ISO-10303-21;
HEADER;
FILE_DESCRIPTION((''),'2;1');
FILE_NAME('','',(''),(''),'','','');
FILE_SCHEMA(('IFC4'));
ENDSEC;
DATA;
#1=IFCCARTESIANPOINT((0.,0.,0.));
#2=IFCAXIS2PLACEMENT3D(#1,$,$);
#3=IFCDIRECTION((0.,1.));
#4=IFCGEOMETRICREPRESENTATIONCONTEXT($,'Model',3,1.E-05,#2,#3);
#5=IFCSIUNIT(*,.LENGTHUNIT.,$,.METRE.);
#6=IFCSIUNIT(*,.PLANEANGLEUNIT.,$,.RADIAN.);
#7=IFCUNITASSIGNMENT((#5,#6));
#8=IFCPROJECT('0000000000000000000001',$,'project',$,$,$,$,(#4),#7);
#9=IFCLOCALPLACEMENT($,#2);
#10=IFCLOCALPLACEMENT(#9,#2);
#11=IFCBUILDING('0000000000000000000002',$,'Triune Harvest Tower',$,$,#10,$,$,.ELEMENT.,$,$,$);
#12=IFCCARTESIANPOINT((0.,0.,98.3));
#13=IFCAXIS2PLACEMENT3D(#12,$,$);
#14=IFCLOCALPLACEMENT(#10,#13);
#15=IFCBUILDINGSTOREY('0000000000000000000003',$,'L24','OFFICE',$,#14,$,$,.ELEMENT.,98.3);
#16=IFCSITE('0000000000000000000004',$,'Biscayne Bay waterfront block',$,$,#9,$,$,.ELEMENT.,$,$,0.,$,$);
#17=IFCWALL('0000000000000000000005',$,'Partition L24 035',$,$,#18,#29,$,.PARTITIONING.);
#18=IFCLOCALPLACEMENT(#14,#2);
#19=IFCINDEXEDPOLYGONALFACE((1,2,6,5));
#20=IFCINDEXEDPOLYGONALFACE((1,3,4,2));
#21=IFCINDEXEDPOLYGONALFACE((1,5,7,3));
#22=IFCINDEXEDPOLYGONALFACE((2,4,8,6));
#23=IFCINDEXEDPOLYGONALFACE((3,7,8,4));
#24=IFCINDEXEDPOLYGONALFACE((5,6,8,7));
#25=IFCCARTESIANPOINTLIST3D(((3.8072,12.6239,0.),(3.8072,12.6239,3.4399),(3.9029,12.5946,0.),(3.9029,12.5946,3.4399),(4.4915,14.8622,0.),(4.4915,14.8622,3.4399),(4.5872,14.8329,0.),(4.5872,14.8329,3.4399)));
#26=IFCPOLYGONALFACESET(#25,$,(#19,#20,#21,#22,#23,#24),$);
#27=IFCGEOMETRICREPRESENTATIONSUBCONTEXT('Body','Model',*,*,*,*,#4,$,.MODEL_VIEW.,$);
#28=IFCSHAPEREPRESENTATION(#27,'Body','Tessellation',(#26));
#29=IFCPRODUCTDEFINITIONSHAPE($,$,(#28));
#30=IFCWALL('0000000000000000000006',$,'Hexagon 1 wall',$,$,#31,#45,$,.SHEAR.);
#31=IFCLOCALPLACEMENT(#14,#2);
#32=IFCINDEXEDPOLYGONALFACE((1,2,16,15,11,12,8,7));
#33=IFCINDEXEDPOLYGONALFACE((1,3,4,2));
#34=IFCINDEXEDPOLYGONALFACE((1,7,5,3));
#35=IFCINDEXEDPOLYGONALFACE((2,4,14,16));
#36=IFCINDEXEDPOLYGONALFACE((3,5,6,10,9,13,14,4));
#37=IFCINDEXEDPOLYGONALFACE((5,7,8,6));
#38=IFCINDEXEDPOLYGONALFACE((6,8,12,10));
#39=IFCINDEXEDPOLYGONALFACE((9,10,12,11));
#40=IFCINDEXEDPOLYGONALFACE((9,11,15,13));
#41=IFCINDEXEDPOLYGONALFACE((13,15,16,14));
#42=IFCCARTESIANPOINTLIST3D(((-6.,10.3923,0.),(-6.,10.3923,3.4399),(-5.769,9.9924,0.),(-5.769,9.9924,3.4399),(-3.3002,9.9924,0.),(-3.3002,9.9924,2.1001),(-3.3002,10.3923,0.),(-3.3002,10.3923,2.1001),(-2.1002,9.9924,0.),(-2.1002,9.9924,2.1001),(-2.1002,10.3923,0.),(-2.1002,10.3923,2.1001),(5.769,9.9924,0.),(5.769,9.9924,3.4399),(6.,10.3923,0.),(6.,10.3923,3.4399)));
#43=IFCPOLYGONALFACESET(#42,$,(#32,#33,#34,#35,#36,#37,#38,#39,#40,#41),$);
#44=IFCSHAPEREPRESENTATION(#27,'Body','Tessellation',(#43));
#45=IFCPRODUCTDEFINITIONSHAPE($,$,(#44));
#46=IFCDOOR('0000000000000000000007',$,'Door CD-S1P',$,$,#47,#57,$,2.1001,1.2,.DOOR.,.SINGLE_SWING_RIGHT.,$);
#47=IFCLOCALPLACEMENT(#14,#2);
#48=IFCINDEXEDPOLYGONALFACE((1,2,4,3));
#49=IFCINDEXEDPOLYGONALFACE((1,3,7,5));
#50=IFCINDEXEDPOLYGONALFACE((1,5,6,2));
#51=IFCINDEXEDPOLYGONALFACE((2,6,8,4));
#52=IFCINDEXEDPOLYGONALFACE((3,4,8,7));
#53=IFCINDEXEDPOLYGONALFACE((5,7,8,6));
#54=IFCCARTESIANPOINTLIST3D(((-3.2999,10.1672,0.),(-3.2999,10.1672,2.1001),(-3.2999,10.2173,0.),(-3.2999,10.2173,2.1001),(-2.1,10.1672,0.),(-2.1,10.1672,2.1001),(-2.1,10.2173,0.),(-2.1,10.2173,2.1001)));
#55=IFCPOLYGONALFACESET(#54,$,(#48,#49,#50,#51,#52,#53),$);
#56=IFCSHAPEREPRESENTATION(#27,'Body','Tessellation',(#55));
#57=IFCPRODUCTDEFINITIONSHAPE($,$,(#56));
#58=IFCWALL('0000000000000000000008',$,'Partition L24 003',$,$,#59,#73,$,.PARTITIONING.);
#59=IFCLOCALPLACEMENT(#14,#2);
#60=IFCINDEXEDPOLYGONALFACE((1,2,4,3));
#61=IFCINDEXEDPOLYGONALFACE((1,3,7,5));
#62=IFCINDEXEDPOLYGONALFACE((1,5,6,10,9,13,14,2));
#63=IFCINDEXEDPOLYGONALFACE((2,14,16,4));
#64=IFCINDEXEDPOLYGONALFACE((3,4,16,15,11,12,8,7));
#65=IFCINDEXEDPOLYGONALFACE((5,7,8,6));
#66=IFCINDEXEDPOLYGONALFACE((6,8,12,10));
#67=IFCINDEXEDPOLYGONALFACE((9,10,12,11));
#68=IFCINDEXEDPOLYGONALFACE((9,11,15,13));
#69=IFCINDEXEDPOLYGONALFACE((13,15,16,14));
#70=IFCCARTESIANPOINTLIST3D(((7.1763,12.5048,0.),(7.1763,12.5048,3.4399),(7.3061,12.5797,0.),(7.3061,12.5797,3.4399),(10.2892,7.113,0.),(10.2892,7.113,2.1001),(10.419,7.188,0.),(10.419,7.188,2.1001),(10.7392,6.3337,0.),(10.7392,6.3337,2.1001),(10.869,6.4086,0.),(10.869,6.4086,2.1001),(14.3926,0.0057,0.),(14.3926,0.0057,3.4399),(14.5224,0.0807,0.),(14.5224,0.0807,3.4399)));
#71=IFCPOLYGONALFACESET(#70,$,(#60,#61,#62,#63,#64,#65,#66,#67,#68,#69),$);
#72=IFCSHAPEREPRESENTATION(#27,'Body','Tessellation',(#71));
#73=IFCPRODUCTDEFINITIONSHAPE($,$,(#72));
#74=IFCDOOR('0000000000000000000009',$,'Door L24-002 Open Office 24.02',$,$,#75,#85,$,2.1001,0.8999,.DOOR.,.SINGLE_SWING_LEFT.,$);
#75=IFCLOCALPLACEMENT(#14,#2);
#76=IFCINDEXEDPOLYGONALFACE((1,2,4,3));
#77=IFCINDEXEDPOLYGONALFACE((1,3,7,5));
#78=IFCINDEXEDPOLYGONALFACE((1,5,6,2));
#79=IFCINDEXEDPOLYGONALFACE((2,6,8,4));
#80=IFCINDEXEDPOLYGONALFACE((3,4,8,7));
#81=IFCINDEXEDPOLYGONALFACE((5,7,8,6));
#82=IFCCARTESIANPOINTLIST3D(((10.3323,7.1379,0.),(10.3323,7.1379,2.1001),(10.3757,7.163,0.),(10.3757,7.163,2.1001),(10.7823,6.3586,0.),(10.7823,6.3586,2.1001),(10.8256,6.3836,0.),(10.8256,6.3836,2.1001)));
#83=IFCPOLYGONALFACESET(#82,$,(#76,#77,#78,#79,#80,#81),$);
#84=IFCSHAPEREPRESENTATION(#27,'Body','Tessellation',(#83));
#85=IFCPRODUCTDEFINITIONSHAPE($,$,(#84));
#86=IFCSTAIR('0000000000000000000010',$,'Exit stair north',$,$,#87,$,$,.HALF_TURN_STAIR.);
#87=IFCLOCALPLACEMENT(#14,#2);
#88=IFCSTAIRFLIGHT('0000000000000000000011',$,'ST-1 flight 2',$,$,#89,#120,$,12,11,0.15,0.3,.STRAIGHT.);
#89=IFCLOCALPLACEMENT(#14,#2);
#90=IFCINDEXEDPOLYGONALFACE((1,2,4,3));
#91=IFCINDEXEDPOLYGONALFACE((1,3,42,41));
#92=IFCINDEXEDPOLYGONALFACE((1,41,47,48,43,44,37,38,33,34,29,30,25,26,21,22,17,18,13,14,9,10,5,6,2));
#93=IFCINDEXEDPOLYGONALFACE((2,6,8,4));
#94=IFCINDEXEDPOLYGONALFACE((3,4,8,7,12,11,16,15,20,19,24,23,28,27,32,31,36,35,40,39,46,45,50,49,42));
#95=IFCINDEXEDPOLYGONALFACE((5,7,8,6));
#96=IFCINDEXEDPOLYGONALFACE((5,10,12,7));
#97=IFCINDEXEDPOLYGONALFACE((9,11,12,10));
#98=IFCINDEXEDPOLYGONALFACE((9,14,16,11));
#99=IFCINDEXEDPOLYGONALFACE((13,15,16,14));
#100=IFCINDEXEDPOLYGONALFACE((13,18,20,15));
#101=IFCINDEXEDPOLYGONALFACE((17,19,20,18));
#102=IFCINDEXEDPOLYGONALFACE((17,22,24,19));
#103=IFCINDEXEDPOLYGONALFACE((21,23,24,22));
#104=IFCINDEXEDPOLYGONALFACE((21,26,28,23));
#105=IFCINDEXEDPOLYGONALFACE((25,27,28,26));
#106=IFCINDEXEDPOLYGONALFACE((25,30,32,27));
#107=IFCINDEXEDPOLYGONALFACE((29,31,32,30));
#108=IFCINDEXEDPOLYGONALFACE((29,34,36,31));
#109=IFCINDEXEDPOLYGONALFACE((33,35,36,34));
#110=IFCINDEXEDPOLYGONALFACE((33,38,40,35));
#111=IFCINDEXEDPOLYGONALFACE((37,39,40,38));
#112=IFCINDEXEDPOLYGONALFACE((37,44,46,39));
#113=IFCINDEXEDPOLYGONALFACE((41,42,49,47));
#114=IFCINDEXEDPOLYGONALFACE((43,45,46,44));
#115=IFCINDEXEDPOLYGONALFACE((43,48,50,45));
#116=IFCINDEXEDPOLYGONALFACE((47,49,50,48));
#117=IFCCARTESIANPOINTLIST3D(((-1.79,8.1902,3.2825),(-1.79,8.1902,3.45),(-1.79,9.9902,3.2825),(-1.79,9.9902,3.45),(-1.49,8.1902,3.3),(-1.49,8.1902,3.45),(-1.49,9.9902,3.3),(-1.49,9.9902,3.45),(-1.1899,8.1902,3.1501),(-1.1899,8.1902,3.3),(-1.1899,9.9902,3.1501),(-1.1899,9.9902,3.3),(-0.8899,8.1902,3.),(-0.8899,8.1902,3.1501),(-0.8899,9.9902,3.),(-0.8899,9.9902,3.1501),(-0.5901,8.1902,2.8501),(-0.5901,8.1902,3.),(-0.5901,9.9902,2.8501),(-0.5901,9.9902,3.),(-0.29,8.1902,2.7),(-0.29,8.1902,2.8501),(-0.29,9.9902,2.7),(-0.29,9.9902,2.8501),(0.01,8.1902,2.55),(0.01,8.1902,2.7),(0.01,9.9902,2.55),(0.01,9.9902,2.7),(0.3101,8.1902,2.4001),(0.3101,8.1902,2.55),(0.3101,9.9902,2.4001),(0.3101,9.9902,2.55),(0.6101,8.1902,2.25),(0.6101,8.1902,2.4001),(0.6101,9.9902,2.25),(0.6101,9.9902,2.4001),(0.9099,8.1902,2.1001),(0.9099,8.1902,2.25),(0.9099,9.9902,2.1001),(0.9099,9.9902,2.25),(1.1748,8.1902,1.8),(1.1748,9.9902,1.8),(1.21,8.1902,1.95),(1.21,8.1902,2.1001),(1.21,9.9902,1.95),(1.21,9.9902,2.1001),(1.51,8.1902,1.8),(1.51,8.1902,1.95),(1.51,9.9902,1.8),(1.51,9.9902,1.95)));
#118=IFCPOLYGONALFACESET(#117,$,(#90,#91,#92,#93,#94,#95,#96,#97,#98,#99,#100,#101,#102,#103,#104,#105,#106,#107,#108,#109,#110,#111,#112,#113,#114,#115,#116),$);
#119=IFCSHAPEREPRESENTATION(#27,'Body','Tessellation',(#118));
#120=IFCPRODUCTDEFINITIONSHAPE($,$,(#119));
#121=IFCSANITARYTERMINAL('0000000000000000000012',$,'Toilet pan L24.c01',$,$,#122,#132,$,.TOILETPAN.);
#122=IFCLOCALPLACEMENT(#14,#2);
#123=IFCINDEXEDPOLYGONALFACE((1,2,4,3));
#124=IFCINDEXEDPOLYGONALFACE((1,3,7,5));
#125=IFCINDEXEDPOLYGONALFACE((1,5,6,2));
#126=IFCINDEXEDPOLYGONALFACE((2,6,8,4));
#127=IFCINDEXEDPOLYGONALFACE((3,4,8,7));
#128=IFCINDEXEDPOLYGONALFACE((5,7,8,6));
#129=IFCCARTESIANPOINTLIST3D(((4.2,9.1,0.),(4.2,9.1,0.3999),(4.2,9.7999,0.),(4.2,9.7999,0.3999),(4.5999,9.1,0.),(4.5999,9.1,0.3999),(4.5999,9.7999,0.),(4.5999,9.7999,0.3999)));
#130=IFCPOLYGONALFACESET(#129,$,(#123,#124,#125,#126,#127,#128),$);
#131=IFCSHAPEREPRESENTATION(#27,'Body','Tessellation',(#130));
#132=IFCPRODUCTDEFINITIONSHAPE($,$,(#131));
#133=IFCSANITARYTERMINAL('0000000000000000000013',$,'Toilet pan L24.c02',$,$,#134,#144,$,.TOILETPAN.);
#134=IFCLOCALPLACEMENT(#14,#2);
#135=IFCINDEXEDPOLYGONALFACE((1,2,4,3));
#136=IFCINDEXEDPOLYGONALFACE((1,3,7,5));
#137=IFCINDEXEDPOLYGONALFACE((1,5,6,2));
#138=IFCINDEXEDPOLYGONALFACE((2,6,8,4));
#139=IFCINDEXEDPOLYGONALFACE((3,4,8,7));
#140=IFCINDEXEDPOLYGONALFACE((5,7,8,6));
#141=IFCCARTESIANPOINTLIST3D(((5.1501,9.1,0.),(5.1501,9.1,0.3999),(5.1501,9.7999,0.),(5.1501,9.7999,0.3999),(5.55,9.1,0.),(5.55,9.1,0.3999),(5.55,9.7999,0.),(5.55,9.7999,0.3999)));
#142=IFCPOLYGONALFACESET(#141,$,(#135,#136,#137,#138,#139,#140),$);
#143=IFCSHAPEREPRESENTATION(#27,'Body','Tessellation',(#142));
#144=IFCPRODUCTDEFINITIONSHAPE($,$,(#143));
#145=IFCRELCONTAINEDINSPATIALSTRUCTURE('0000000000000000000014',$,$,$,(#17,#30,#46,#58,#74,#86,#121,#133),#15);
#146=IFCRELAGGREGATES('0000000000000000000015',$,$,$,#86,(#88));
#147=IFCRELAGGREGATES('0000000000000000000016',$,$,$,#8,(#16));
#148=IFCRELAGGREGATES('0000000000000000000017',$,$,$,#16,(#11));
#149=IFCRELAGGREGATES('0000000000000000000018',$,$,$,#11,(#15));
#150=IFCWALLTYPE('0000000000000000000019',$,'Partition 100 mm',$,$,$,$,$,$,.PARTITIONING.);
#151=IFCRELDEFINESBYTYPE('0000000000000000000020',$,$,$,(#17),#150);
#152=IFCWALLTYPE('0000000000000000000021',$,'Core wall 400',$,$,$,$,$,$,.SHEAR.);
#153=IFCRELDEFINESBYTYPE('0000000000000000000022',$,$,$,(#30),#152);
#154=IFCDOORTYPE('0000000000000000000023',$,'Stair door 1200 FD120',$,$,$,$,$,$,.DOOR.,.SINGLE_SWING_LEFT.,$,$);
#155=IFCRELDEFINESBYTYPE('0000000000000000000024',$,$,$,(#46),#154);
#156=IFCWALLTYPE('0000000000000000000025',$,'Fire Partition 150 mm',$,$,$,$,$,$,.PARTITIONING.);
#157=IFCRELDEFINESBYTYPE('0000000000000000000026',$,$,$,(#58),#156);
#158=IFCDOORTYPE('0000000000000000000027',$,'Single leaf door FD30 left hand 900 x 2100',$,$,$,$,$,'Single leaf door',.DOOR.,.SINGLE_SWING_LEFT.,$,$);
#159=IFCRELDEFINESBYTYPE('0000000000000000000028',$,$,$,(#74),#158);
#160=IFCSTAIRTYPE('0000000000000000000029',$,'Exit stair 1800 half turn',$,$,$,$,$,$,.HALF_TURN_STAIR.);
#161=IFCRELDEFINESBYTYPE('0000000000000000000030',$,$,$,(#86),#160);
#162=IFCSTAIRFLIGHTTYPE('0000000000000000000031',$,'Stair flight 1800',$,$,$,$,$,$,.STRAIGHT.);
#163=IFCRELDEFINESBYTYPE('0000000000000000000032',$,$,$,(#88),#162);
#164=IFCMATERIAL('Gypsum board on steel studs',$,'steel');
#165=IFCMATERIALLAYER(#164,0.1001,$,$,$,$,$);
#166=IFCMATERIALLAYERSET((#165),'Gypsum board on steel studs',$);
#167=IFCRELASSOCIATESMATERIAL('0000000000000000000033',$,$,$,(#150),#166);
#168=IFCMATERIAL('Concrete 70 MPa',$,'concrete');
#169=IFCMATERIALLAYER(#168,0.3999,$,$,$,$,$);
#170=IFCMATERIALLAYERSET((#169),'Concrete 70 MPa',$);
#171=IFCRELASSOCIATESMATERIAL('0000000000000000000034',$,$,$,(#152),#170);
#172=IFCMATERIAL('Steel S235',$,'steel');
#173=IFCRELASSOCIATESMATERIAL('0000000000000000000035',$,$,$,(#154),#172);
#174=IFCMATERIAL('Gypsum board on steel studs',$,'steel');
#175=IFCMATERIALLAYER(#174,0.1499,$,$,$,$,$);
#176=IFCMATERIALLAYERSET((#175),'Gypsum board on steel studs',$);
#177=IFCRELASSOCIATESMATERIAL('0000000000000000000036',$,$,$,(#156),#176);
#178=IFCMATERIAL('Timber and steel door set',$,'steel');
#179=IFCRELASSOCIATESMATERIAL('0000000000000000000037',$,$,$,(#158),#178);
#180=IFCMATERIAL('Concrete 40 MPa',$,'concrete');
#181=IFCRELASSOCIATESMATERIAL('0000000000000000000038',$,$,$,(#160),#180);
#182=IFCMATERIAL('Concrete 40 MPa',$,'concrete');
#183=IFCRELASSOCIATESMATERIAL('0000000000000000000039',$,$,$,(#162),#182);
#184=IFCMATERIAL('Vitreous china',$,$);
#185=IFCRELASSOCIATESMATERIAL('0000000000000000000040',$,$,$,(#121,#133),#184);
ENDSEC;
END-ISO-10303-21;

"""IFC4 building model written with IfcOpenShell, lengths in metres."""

from ifc_helpers import new_model, si_unit, direction, frame, frame_2d, origin, origin_2d, place, context, subcontext, project, spatial, polyline, rectangle, outline, extrude, source, transform, mapped, material, layer, layer_set, type_object, element, fill, aggregate, save


model = new_model("IFC4")

# Units and contexts
model_context = context("Model", 3, precision=1e-05, world=origin(), true_north=direction((0.0, 1.0)))
body_context = subcontext(model_context, "Body", "Model", "MODEL_VIEW")
ifc_project = project(units=[si_unit("LENGTHUNIT", "METRE"), si_unit("PLANEANGLEUNIT", "RADIAN")], contexts=[model_context])

# Site, building, storey
site_placement = place(None, origin())
site = spatial("IfcSite", under=ifc_project, at=site_placement, Name="Biscayne Bay waterfront block", CompositionType="ELEMENT", RefElevation=0.0)
building_placement = place(site_placement, origin())
building = spatial("IfcBuilding", under=site, at=building_placement, Name="Triune Harvest Tower", CompositionType="ELEMENT")
storey_placement = place(building_placement, frame((0.0, 0.0, 98.3)))
storey = spatial("IfcBuildingStorey", under=building, at=storey_placement, Name="L24", Description="OFFICE", CompositionType="ELEMENT", Elevation=98.3)

# Wall
ifc_material_1 = material(Name="Gypsum board on steel studs", Category="steel")
ifc_layer_1 = layer(ifc_material_1, 0.1001)
ifc_layer_set_1 = layer_set([ifc_layer_1], Name="Gypsum board on steel studs")
wall_type_1 = type_object("IfcWallType", Name="Partition 100 mm", PredefinedType="PARTITIONING", material=ifc_layer_set_1)
wall_1_placement = place(storey_placement, frame((3.855, 12.6091, 0.0), z_axis=(0.0, 0.0, 1.0), x_axis=(0.292378, 0.956303, 0.0)))
element("IfcWall", 1, at=wall_1_placement, inside=storey, type_object=wall_type_1, Name="Partition L24 035", PredefinedType="PARTITIONING", context=body_context, shape_type="SweptSolid", body=[
    extrude(rectangle(XDim=2.3406, YDim=0.1001, at=frame_2d((1.1704, 0.0))), origin(), (0.0, 0.0, 1.0), 3.4399),
])

# Walls, openings, doors
ifc_material_2 = material(Name="Concrete 70 MPa", Category="concrete")
ifc_layer_2 = layer(ifc_material_2, 0.3999)
ifc_layer_set_2 = layer_set([ifc_layer_2], Name="Concrete 70 MPa")
wall_type_2 = type_object("IfcWallType", Name="Core wall 400", PredefinedType="SHEAR", material=ifc_layer_set_2)
shared_shape_1 = source(origin(), body_context, "Body", "SweptSolid", [
    extrude(outline(polyline([(-0.1155, -0.2), (11.8845, -0.2), (11.6536, 0.2), (0.1155, 0.2), (-0.1155, -0.2)])), origin(), (0.0, 0.0, 1.0), 3.4399),
])
wall_2_placement = place(storey_placement, frame((5.8845, 10.1924, 0.0), z_axis=(0.0, 0.0, 1.0), x_axis=(-1.0, 0.0, 0.0)))
wall_2 = element("IfcWall", 2, at=wall_2_placement, inside=storey, type_object=wall_type_2, Name="Hexagon 1 wall", PredefinedType="SHEAR", context=body_context, shape_type="MappedRepresentation", body=[
    mapped(shared_shape_1, transform((0.0, 0.0, 0.0), scale=1.0)),
])
opening_1_placement = place(wall_2_placement, frame((7.9846, 0.0, 0.0)))
opening_1 = element("IfcOpeningElement", 3, at=opening_1_placement, cuts=wall_2, PredefinedType="OPENING", context=body_context, shape_type="SweptSolid", body=[
    extrude(rectangle(XDim=1.2, YDim=2.1001, at=frame_2d((0.6001, 1.05))), frame((0.0, 0.21, 0.0), z_axis=(0.0, -1.0, 0.0), x_axis=(1.0, 0.0, 0.0)), (0.0, 0.0, 1.0), 0.4199),
])
ifc_material_3 = material(Name="Steel S235", Category="steel")
door_type_1 = type_object("IfcDoorType", Name="Stair door 1200 FD120", OperationType="SINGLE_SWING_LEFT", PredefinedType="DOOR", material=ifc_material_3)
door_1_placement = place(opening_1_placement, frame((1.2, 0.0, 0.0), z_axis=(0.0, 0.0, 1.0), x_axis=(-1.0, 0.0, 0.0)))
door_1 = element("IfcDoor", 4, at=door_1_placement, inside=storey, type_object=door_type_1, Name="Door CD-S1P", OperationType="SINGLE_SWING_RIGHT", OverallHeight=2.1001, OverallWidth=1.2, PredefinedType="DOOR", context=body_context, shape_type="SweptSolid", body=[
    extrude(rectangle(XDim=1.2, YDim=2.1001, at=frame_2d((0.6001, 1.05))), frame((0.0, 0.0249, 0.0), z_axis=(0.0, -1.0, 0.0), x_axis=(1.0, 0.0, 0.0)), (0.0, 0.0, 1.0), 0.05),
])
fill(opening_1, door_1)
ifc_material_4 = material(Name="Gypsum board on steel studs", Category="steel")
ifc_layer_3 = layer(ifc_material_4, 0.1499)
ifc_layer_set_3 = layer_set([ifc_layer_3], Name="Gypsum board on steel studs")
wall_type_3 = type_object("IfcWallType", Name="Fire Partition 150 mm", PredefinedType="PARTITIONING", material=ifc_layer_set_3)
shared_shape_2 = source(origin(), body_context, "Body", "SweptSolid", [
    extrude(rectangle(XDim=14.4326, YDim=0.1499, at=frame_2d((7.2163, 0.0))), origin(), (0.0, 0.0, 1.0), 3.4399),
])
wall_3_placement = place(storey_placement, frame((7.2412, 12.5422, 0.0), z_axis=(0.0, 0.0, 1.0), x_axis=(0.5, -0.866026, 0.0)))
wall_3 = element("IfcWall", 5, at=wall_3_placement, inside=storey, type_object=wall_type_3, Name="Partition L24 003", PredefinedType="PARTITIONING", context=body_context, shape_type="MappedRepresentation", body=[
    mapped(shared_shape_2, transform((0.0, 0.0, 0.0), scale=1.0)),
])
opening_2_placement = place(wall_3_placement, frame((6.2258, 0.0, 0.0)))
opening_2 = element("IfcOpeningElement", 6, at=opening_2_placement, cuts=wall_3, PredefinedType="OPENING", context=body_context, shape_type="SweptSolid", body=[
    extrude(rectangle(XDim=0.8999, YDim=2.1001, at=frame_2d((0.45, 1.05))), frame((0.0, 0.085, 0.0), z_axis=(0.0, -1.0, 0.0), x_axis=(1.0, 0.0, 0.0)), (0.0, 0.0, 1.0), 0.1699),
])
ifc_material_5 = material(Name="Timber and steel door set", Category="steel")
door_type_2 = type_object("IfcDoorType", Name="Single leaf door FD30 left hand 900 x 2100", ElementType="Single leaf door", OperationType="SINGLE_SWING_LEFT", PredefinedType="DOOR", material=ifc_material_5)
door_2_placement = place(opening_2_placement, origin())
door_2 = element("IfcDoor", 7, at=door_2_placement, inside=storey, type_object=door_type_2, Name="Door L24-002 Open Office 24.02", OperationType="SINGLE_SWING_LEFT", OverallHeight=2.1001, OverallWidth=0.8999, PredefinedType="DOOR", context=body_context, shape_type="SweptSolid", body=[
    extrude(rectangle(XDim=0.8999, YDim=2.1001, at=frame_2d((0.45, 1.05))), frame((0.0, 0.0249, 0.0), z_axis=(0.0, -1.0, 0.0), x_axis=(1.0, 0.0, 0.0)), (0.0, 0.0, 1.0), 0.05),
])
fill(opening_2, door_2)

# Stair, stair flight
ifc_material_6 = material(Name="Concrete 40 MPa", Category="concrete")
stair_type = type_object("IfcStairType", Name="Exit stair 1800 half turn", PredefinedType="HALF_TURN_STAIR", material=ifc_material_6)
stair_placement = place(storey_placement, origin())
stair = element("IfcStair", 8, at=stair_placement, inside=storey, type_object=stair_type, Name="Exit stair north", PredefinedType="HALF_TURN_STAIR")
ifc_material_7 = material(Name="Concrete 40 MPa", Category="concrete")
stair_flight_type = type_object("IfcStairFlightType", Name="Stair flight 1800", PredefinedType="STRAIGHT", material=ifc_material_7)
shared_shape_3 = source(origin(), body_context, "Body", "SweptSolid", [
    extrude(outline(polyline([(0.0, 0.0), (0.0, 0.1499), (0.3, 0.1499), (0.3, 0.3), (0.6001, 0.3), (0.6001, 0.45), (0.8999, 0.45), (0.8999, 0.6001), (1.2, 0.6001), (1.2, 0.75), (1.5, 0.75), (1.5, 0.8999), (1.8, 0.8999), (1.8, 1.05), (2.1001, 1.05), (2.1001, 1.2), (2.3999, 1.2), (2.3999, 1.3501), (2.7, 1.3501), (2.7, 1.5), (3.0, 1.5), (3.0, 1.6499), (3.3, 1.6499), (3.3, 1.8), (3.3, 1.4824), (0.3352, 0.0), (0.0, 0.0)])), frame((0.0, 0.8999, 0.0), z_axis=(0.0, -1.0, 0.0), x_axis=(1.0, 0.0, 0.0)), (0.0, 0.0, 1.0), 1.8),
])
stair_flight_placement = place(storey_placement, frame((1.51, 9.0901, 1.8), z_axis=(0.0, 0.0, 1.0), x_axis=(-1.0, 0.0, 0.0)))
stair_flight = element("IfcStairFlight", 9, at=stair_flight_placement, type_object=stair_flight_type, Name="ST-1 flight 2", NumberOfRisers=12, NumberOfTreads=11, PredefinedType="STRAIGHT", RiserHeight=0.15, TreadLength=0.3, context=body_context, shape_type="MappedRepresentation", body=[
    mapped(shared_shape_3, transform((0.0, 0.0, 0.0), scale=1.0)),
])
aggregate(stair, [stair_flight])

# Sanitary terminals
ifc_material_8 = material(Name="Vitreous china")
shared_shape_4 = source(origin(), body_context, "Body", "SweptSolid", [
    extrude(rectangle(XDim=0.3999, YDim=0.7, at=origin_2d()), origin(), (0.0, 0.0, 1.0), 0.3999),
])
for number, where, z_axis, x_axis, name in (
    (10, (4.3999, 9.45, 0.0), (0.0, 0.0, 1.0), (1.0, 0.0, 0.0), "Toilet pan L24.c01"),
    (11, (5.3501, 9.45, 0.0), (0.0, 0.0, 1.0), (1.0, 0.0, 0.0), "Toilet pan L24.c02"),
):
    element("IfcSanitaryTerminal", number, at=place(storey_placement, frame(where, z_axis=z_axis, x_axis=x_axis)), inside=storey, material=ifc_material_8, Name=name, PredefinedType="TOILETPAN", context=body_context, shape_type="MappedRepresentation", body=[
        mapped(shared_shape_4, transform((0.0, 0.0, 0.0), scale=1.0)),
    ])

save(model, "model.ifc")
